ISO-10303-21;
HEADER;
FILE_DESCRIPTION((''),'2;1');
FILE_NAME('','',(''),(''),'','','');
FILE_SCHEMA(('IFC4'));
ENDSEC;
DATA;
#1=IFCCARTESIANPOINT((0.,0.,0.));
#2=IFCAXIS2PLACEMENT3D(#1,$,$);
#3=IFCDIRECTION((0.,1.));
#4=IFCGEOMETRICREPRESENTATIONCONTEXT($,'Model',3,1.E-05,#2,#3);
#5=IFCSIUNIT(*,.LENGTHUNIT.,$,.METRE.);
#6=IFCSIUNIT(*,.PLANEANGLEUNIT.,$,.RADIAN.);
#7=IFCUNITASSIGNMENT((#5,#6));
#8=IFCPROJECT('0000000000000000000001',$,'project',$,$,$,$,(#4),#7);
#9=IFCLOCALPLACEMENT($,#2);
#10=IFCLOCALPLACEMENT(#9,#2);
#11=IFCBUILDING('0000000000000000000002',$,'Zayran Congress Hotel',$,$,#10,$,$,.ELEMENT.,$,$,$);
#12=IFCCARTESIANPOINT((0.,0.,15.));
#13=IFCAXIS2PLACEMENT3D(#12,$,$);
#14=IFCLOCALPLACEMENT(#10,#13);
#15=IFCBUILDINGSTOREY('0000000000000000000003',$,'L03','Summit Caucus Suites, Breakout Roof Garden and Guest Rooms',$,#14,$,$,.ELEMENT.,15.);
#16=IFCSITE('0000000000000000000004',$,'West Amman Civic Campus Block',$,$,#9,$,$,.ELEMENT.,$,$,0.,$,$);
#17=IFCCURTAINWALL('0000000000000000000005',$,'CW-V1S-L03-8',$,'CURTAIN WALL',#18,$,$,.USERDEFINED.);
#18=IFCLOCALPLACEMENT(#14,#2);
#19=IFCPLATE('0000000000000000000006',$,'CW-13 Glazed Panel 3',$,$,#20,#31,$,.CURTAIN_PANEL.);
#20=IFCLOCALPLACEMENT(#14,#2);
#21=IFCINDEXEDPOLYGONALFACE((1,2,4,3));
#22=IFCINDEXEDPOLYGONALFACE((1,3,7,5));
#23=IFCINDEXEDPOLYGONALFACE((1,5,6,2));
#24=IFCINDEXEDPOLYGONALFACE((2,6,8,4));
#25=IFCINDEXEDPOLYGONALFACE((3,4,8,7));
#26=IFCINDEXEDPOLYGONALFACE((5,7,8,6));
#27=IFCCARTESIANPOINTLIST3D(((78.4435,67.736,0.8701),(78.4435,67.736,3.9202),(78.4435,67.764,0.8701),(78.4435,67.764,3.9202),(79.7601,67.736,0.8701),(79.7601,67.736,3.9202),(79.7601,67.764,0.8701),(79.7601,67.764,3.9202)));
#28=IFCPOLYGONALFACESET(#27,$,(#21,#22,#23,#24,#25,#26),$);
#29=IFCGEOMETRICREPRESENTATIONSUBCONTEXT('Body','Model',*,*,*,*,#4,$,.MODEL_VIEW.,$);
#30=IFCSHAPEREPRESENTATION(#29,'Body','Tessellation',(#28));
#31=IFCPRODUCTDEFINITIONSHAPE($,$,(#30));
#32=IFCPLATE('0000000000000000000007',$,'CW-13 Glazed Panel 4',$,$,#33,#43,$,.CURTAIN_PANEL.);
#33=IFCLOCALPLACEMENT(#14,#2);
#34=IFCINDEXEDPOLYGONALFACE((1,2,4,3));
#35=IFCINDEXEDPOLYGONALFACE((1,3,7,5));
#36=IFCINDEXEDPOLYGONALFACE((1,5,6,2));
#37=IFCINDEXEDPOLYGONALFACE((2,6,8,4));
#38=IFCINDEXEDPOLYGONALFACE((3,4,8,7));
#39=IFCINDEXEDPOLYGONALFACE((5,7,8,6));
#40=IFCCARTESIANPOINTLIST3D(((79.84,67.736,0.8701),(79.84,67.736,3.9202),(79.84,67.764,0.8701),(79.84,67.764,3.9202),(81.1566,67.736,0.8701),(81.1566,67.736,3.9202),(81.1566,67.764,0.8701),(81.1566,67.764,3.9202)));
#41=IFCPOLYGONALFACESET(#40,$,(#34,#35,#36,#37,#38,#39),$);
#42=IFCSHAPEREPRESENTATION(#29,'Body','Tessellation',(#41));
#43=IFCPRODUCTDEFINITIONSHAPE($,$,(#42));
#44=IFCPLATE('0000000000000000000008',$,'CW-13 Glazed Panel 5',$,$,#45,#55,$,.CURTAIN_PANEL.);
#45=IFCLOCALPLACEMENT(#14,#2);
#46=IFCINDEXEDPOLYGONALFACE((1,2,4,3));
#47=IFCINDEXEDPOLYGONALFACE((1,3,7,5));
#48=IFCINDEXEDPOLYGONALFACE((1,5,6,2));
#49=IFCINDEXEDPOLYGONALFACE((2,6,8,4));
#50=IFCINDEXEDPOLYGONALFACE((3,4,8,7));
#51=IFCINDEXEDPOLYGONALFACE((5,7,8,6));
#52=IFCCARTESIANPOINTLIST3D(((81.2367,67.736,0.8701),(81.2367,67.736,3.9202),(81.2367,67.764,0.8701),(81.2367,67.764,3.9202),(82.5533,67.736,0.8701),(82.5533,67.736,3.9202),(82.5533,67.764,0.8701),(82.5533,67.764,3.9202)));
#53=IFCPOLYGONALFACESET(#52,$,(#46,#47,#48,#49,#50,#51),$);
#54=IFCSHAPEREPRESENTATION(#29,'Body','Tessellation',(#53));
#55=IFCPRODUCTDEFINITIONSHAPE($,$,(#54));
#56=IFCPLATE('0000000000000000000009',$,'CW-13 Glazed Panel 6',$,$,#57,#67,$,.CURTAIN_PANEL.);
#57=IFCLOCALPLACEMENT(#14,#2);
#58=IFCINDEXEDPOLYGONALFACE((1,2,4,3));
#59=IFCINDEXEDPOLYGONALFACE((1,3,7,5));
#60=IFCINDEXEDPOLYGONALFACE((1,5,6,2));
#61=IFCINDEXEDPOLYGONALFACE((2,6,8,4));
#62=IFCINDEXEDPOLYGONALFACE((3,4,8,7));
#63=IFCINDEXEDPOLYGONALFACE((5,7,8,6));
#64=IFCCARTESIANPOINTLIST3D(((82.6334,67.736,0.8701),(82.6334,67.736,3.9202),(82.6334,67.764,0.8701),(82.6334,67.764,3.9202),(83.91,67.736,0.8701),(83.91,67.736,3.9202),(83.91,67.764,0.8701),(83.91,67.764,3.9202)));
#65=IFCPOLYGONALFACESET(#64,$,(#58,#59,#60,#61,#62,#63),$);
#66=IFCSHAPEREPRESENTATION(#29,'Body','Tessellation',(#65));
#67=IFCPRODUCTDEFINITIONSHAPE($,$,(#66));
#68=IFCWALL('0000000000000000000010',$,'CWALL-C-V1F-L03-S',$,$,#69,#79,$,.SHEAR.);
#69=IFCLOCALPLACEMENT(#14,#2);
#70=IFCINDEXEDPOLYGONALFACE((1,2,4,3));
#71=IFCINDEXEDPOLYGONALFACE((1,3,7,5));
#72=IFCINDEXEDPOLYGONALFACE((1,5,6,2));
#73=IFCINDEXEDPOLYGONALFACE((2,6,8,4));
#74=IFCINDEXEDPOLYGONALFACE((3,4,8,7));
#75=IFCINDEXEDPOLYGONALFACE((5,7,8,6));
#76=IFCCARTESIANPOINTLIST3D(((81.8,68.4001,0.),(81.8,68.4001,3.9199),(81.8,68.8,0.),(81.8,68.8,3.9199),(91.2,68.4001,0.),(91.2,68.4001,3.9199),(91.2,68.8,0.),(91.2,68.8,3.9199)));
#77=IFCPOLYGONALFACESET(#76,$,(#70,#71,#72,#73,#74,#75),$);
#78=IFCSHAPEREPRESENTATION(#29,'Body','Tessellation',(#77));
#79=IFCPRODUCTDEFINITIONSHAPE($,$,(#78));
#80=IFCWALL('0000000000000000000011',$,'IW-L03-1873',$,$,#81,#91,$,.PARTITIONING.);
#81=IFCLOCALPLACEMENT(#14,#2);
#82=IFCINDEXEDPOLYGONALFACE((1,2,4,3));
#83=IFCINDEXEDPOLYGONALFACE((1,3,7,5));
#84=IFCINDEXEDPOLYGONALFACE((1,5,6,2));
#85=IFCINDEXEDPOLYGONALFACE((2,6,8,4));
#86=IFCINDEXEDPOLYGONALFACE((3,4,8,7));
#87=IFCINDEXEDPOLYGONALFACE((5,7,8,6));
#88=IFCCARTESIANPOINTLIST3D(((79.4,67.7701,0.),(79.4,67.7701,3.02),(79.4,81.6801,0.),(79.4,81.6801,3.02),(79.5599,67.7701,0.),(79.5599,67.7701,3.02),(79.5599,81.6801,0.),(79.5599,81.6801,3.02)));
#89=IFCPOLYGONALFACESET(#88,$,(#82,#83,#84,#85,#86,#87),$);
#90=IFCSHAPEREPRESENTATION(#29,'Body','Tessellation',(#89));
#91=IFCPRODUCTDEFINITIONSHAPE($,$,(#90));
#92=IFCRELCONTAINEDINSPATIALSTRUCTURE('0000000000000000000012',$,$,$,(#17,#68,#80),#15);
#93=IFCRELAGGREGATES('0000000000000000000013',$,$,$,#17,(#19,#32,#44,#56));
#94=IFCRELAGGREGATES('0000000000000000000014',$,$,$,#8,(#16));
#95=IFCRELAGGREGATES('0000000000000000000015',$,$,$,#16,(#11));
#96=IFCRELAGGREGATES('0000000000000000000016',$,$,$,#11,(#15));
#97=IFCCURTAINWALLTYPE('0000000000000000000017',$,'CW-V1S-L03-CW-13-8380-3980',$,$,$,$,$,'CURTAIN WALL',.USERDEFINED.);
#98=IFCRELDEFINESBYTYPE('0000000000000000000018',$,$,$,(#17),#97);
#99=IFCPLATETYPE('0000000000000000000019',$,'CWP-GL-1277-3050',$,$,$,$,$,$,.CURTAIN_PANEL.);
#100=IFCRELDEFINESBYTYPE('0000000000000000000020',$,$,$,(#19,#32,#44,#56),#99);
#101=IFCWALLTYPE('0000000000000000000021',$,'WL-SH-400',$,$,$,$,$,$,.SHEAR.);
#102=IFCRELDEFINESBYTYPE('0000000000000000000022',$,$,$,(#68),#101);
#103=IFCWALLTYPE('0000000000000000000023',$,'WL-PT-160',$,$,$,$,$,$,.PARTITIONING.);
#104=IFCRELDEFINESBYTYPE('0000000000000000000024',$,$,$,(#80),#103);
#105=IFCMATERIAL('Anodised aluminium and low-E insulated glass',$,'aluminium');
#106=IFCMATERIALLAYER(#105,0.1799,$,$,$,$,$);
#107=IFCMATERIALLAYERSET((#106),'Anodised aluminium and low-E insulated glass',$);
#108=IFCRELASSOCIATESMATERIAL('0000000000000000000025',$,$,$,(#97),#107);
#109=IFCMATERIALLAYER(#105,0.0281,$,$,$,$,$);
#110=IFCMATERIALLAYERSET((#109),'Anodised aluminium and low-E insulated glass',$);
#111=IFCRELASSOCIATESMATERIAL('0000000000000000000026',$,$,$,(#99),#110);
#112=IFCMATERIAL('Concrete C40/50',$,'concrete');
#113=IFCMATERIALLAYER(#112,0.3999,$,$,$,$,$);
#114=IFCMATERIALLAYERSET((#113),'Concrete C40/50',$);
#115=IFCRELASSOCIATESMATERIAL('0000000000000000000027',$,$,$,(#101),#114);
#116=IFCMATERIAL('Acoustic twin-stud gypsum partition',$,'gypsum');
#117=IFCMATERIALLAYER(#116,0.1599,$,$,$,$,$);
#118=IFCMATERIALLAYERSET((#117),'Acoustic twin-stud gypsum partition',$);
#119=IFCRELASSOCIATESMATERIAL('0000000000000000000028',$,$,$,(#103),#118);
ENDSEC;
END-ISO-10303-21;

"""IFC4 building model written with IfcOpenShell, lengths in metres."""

from ifc_helpers import new_model, si_unit, direction, frame, frame_2d, origin, origin_2d, place, context, subcontext, project, spatial, rectangle, extrude, material, layer, layer_set, type_object, element, aggregate, save


model = new_model("IFC4")

# Units and contexts
model_context = context("Model", 3, precision=1e-05, world=origin(), true_north=direction((0.0, 1.0)))
body_context = subcontext(model_context, "Body", "Model", "MODEL_VIEW")
ifc_project = project(units=[si_unit("LENGTHUNIT", "METRE"), si_unit("PLANEANGLEUNIT", "RADIAN")], contexts=[model_context])

# Site, building, storey
site_placement = place(None, origin())
site = spatial("IfcSite", under=ifc_project, at=site_placement, Name="West Amman Civic Campus Block", CompositionType="ELEMENT", RefElevation=0.0)
building_placement = place(site_placement, origin())
building = spatial("IfcBuilding", under=site, at=building_placement, Name="Zayran Congress Hotel", CompositionType="ELEMENT")
storey_placement = place(building_placement, frame((0.0, 0.0, 15.0)))
storey = spatial("IfcBuildingStorey", under=building, at=storey_placement, Name="L03", Description="Summit Caucus Suites, Breakout Roof Garden and Guest Rooms", CompositionType="ELEMENT", Elevation=15.0)

# Curtain wall
ifc_material_1 = material(Name="Anodised aluminium and low-E insulated glass", Category="aluminium")
ifc_layer_1 = layer(ifc_material_1, 0.1799)
ifc_layer_set_1 = layer_set([ifc_layer_1], Name="Anodised aluminium and low-E insulated glass")
curtain_wall_type_1 = type_object("IfcCurtainWallType", Name="CW-V1S-L03-CW-13-8380-3980", ElementType="CURTAIN WALL", PredefinedType="USERDEFINED", material=ifc_layer_set_1)
curtain_wall_1_placement = place(storey_placement, origin())
curtain_wall_1 = element("IfcCurtainWall", 1, at=curtain_wall_1_placement, inside=storey, type_object=curtain_wall_type_1, Name="CW-V1S-L03-8", ObjectType="CURTAIN WALL", PredefinedType="USERDEFINED")

# Plates
ifc_layer_2 = layer(ifc_material_1, 0.0281)
ifc_layer_set_2 = layer_set([ifc_layer_2], Name="Anodised aluminium and low-E insulated glass")
plate_type_1 = type_object("IfcPlateType", Name="CWP-GL-1277-3050", PredefinedType="CURTAIN_PANEL", material=ifc_layer_set_2)
plate_1_placement = place(storey_placement, frame((79.1018, 67.75, 0.8701), z_axis=(0.0, 0.0, 1.0), x_axis=(1.0, 0.0, 0.0)))
plate_1 = element("IfcPlate", 2, at=plate_1_placement, type_object=plate_type_1, Name="CW-13 Glazed Panel 3", PredefinedType="CURTAIN_PANEL", context=body_context, shape_type="SweptSolid", body=[
    extrude(rectangle(XDim=1.3167, YDim=0.0281, at=origin_2d()), origin(), (0.0, 0.0, 1.0), 3.05),
])
plate_2_placement = place(storey_placement, frame((80.4983, 67.75, 0.8701), z_axis=(0.0, 0.0, 1.0), x_axis=(1.0, 0.0, 0.0)))
plate_2 = element("IfcPlate", 3, at=plate_2_placement, type_object=plate_type_1, Name="CW-13 Glazed Panel 4", PredefinedType="CURTAIN_PANEL", context=body_context, shape_type="SweptSolid", body=[
    extrude(rectangle(XDim=1.3167, YDim=0.0281, at=origin_2d()), origin(), (0.0, 0.0, 1.0), 3.05),
])
plate_3_placement = place(storey_placement, frame((81.895, 67.75, 0.8701), z_axis=(0.0, 0.0, 1.0), x_axis=(1.0, 0.0, 0.0)))
plate_3 = element("IfcPlate", 4, at=plate_3_placement, type_object=plate_type_1, Name="CW-13 Glazed Panel 5", PredefinedType="CURTAIN_PANEL", context=body_context, shape_type="SweptSolid", body=[
    extrude(rectangle(XDim=1.3167, YDim=0.0281, at=origin_2d()), origin(), (0.0, 0.0, 1.0), 3.05),
])
plate_4_placement = place(storey_placement, frame((83.2717, 67.75, 0.8701), z_axis=(0.0, 0.0, 1.0), x_axis=(1.0, 0.0, 0.0)))
plate_4 = element("IfcPlate", 5, at=plate_4_placement, type_object=plate_type_1, Name="CW-13 Glazed Panel 6", PredefinedType="CURTAIN_PANEL", context=body_context, shape_type="SweptSolid", body=[
    extrude(rectangle(XDim=1.2766, YDim=0.0281, at=origin_2d()), origin(), (0.0, 0.0, 1.0), 3.05),
])
aggregate(curtain_wall_1, [plate_1, plate_2, plate_3, plate_4])

# Walls
ifc_material_2 = material(Name="Concrete C40/50", Category="concrete")
ifc_layer_3 = layer(ifc_material_2, 0.3999)
ifc_layer_set_3 = layer_set([ifc_layer_3], Name="Concrete C40/50")
wall_type_1 = type_object("IfcWallType", Name="WL-SH-400", PredefinedType="SHEAR", material=ifc_layer_set_3)
wall_1_placement = place(storey_placement, frame((81.8, 68.6001, 0.0), z_axis=(0.0, 0.0, 1.0), x_axis=(1.0, 0.0, 0.0)))
element("IfcWall", 6, at=wall_1_placement, inside=storey, type_object=wall_type_1, Name="CWALL-C-V1F-L03-S", PredefinedType="SHEAR", context=body_context, shape_type="SweptSolid", body=[
    extrude(rectangle(XDim=9.3999, YDim=0.3999, at=frame_2d((4.7, 0.0))), origin(), (0.0, 0.0, 1.0), 3.9199),
])
ifc_material_3 = material(Name="Acoustic twin-stud gypsum partition", Category="gypsum")
ifc_layer_4 = layer(ifc_material_3, 0.1599)
ifc_layer_set_4 = layer_set([ifc_layer_4], Name="Acoustic twin-stud gypsum partition")
wall_type_2 = type_object("IfcWallType", Name="WL-PT-160", PredefinedType="PARTITIONING", material=ifc_layer_set_4)
wall_2_placement = place(storey_placement, frame((79.48, 67.77, 0.0), z_axis=(0.0, 0.0, 1.0), x_axis=(0.0, 1.0, 0.0)))
element("IfcWall", 7, at=wall_2_placement, inside=storey, type_object=wall_type_2, Name="IW-L03-1873", PredefinedType="PARTITIONING", context=body_context, shape_type="SweptSolid", body=[
    extrude(rectangle(XDim=13.9099, YDim=0.1599, at=frame_2d((6.9551, 0.0))), origin(), (0.0, 0.0, 1.0), 3.02),
])

save(model, "model.ifc")
